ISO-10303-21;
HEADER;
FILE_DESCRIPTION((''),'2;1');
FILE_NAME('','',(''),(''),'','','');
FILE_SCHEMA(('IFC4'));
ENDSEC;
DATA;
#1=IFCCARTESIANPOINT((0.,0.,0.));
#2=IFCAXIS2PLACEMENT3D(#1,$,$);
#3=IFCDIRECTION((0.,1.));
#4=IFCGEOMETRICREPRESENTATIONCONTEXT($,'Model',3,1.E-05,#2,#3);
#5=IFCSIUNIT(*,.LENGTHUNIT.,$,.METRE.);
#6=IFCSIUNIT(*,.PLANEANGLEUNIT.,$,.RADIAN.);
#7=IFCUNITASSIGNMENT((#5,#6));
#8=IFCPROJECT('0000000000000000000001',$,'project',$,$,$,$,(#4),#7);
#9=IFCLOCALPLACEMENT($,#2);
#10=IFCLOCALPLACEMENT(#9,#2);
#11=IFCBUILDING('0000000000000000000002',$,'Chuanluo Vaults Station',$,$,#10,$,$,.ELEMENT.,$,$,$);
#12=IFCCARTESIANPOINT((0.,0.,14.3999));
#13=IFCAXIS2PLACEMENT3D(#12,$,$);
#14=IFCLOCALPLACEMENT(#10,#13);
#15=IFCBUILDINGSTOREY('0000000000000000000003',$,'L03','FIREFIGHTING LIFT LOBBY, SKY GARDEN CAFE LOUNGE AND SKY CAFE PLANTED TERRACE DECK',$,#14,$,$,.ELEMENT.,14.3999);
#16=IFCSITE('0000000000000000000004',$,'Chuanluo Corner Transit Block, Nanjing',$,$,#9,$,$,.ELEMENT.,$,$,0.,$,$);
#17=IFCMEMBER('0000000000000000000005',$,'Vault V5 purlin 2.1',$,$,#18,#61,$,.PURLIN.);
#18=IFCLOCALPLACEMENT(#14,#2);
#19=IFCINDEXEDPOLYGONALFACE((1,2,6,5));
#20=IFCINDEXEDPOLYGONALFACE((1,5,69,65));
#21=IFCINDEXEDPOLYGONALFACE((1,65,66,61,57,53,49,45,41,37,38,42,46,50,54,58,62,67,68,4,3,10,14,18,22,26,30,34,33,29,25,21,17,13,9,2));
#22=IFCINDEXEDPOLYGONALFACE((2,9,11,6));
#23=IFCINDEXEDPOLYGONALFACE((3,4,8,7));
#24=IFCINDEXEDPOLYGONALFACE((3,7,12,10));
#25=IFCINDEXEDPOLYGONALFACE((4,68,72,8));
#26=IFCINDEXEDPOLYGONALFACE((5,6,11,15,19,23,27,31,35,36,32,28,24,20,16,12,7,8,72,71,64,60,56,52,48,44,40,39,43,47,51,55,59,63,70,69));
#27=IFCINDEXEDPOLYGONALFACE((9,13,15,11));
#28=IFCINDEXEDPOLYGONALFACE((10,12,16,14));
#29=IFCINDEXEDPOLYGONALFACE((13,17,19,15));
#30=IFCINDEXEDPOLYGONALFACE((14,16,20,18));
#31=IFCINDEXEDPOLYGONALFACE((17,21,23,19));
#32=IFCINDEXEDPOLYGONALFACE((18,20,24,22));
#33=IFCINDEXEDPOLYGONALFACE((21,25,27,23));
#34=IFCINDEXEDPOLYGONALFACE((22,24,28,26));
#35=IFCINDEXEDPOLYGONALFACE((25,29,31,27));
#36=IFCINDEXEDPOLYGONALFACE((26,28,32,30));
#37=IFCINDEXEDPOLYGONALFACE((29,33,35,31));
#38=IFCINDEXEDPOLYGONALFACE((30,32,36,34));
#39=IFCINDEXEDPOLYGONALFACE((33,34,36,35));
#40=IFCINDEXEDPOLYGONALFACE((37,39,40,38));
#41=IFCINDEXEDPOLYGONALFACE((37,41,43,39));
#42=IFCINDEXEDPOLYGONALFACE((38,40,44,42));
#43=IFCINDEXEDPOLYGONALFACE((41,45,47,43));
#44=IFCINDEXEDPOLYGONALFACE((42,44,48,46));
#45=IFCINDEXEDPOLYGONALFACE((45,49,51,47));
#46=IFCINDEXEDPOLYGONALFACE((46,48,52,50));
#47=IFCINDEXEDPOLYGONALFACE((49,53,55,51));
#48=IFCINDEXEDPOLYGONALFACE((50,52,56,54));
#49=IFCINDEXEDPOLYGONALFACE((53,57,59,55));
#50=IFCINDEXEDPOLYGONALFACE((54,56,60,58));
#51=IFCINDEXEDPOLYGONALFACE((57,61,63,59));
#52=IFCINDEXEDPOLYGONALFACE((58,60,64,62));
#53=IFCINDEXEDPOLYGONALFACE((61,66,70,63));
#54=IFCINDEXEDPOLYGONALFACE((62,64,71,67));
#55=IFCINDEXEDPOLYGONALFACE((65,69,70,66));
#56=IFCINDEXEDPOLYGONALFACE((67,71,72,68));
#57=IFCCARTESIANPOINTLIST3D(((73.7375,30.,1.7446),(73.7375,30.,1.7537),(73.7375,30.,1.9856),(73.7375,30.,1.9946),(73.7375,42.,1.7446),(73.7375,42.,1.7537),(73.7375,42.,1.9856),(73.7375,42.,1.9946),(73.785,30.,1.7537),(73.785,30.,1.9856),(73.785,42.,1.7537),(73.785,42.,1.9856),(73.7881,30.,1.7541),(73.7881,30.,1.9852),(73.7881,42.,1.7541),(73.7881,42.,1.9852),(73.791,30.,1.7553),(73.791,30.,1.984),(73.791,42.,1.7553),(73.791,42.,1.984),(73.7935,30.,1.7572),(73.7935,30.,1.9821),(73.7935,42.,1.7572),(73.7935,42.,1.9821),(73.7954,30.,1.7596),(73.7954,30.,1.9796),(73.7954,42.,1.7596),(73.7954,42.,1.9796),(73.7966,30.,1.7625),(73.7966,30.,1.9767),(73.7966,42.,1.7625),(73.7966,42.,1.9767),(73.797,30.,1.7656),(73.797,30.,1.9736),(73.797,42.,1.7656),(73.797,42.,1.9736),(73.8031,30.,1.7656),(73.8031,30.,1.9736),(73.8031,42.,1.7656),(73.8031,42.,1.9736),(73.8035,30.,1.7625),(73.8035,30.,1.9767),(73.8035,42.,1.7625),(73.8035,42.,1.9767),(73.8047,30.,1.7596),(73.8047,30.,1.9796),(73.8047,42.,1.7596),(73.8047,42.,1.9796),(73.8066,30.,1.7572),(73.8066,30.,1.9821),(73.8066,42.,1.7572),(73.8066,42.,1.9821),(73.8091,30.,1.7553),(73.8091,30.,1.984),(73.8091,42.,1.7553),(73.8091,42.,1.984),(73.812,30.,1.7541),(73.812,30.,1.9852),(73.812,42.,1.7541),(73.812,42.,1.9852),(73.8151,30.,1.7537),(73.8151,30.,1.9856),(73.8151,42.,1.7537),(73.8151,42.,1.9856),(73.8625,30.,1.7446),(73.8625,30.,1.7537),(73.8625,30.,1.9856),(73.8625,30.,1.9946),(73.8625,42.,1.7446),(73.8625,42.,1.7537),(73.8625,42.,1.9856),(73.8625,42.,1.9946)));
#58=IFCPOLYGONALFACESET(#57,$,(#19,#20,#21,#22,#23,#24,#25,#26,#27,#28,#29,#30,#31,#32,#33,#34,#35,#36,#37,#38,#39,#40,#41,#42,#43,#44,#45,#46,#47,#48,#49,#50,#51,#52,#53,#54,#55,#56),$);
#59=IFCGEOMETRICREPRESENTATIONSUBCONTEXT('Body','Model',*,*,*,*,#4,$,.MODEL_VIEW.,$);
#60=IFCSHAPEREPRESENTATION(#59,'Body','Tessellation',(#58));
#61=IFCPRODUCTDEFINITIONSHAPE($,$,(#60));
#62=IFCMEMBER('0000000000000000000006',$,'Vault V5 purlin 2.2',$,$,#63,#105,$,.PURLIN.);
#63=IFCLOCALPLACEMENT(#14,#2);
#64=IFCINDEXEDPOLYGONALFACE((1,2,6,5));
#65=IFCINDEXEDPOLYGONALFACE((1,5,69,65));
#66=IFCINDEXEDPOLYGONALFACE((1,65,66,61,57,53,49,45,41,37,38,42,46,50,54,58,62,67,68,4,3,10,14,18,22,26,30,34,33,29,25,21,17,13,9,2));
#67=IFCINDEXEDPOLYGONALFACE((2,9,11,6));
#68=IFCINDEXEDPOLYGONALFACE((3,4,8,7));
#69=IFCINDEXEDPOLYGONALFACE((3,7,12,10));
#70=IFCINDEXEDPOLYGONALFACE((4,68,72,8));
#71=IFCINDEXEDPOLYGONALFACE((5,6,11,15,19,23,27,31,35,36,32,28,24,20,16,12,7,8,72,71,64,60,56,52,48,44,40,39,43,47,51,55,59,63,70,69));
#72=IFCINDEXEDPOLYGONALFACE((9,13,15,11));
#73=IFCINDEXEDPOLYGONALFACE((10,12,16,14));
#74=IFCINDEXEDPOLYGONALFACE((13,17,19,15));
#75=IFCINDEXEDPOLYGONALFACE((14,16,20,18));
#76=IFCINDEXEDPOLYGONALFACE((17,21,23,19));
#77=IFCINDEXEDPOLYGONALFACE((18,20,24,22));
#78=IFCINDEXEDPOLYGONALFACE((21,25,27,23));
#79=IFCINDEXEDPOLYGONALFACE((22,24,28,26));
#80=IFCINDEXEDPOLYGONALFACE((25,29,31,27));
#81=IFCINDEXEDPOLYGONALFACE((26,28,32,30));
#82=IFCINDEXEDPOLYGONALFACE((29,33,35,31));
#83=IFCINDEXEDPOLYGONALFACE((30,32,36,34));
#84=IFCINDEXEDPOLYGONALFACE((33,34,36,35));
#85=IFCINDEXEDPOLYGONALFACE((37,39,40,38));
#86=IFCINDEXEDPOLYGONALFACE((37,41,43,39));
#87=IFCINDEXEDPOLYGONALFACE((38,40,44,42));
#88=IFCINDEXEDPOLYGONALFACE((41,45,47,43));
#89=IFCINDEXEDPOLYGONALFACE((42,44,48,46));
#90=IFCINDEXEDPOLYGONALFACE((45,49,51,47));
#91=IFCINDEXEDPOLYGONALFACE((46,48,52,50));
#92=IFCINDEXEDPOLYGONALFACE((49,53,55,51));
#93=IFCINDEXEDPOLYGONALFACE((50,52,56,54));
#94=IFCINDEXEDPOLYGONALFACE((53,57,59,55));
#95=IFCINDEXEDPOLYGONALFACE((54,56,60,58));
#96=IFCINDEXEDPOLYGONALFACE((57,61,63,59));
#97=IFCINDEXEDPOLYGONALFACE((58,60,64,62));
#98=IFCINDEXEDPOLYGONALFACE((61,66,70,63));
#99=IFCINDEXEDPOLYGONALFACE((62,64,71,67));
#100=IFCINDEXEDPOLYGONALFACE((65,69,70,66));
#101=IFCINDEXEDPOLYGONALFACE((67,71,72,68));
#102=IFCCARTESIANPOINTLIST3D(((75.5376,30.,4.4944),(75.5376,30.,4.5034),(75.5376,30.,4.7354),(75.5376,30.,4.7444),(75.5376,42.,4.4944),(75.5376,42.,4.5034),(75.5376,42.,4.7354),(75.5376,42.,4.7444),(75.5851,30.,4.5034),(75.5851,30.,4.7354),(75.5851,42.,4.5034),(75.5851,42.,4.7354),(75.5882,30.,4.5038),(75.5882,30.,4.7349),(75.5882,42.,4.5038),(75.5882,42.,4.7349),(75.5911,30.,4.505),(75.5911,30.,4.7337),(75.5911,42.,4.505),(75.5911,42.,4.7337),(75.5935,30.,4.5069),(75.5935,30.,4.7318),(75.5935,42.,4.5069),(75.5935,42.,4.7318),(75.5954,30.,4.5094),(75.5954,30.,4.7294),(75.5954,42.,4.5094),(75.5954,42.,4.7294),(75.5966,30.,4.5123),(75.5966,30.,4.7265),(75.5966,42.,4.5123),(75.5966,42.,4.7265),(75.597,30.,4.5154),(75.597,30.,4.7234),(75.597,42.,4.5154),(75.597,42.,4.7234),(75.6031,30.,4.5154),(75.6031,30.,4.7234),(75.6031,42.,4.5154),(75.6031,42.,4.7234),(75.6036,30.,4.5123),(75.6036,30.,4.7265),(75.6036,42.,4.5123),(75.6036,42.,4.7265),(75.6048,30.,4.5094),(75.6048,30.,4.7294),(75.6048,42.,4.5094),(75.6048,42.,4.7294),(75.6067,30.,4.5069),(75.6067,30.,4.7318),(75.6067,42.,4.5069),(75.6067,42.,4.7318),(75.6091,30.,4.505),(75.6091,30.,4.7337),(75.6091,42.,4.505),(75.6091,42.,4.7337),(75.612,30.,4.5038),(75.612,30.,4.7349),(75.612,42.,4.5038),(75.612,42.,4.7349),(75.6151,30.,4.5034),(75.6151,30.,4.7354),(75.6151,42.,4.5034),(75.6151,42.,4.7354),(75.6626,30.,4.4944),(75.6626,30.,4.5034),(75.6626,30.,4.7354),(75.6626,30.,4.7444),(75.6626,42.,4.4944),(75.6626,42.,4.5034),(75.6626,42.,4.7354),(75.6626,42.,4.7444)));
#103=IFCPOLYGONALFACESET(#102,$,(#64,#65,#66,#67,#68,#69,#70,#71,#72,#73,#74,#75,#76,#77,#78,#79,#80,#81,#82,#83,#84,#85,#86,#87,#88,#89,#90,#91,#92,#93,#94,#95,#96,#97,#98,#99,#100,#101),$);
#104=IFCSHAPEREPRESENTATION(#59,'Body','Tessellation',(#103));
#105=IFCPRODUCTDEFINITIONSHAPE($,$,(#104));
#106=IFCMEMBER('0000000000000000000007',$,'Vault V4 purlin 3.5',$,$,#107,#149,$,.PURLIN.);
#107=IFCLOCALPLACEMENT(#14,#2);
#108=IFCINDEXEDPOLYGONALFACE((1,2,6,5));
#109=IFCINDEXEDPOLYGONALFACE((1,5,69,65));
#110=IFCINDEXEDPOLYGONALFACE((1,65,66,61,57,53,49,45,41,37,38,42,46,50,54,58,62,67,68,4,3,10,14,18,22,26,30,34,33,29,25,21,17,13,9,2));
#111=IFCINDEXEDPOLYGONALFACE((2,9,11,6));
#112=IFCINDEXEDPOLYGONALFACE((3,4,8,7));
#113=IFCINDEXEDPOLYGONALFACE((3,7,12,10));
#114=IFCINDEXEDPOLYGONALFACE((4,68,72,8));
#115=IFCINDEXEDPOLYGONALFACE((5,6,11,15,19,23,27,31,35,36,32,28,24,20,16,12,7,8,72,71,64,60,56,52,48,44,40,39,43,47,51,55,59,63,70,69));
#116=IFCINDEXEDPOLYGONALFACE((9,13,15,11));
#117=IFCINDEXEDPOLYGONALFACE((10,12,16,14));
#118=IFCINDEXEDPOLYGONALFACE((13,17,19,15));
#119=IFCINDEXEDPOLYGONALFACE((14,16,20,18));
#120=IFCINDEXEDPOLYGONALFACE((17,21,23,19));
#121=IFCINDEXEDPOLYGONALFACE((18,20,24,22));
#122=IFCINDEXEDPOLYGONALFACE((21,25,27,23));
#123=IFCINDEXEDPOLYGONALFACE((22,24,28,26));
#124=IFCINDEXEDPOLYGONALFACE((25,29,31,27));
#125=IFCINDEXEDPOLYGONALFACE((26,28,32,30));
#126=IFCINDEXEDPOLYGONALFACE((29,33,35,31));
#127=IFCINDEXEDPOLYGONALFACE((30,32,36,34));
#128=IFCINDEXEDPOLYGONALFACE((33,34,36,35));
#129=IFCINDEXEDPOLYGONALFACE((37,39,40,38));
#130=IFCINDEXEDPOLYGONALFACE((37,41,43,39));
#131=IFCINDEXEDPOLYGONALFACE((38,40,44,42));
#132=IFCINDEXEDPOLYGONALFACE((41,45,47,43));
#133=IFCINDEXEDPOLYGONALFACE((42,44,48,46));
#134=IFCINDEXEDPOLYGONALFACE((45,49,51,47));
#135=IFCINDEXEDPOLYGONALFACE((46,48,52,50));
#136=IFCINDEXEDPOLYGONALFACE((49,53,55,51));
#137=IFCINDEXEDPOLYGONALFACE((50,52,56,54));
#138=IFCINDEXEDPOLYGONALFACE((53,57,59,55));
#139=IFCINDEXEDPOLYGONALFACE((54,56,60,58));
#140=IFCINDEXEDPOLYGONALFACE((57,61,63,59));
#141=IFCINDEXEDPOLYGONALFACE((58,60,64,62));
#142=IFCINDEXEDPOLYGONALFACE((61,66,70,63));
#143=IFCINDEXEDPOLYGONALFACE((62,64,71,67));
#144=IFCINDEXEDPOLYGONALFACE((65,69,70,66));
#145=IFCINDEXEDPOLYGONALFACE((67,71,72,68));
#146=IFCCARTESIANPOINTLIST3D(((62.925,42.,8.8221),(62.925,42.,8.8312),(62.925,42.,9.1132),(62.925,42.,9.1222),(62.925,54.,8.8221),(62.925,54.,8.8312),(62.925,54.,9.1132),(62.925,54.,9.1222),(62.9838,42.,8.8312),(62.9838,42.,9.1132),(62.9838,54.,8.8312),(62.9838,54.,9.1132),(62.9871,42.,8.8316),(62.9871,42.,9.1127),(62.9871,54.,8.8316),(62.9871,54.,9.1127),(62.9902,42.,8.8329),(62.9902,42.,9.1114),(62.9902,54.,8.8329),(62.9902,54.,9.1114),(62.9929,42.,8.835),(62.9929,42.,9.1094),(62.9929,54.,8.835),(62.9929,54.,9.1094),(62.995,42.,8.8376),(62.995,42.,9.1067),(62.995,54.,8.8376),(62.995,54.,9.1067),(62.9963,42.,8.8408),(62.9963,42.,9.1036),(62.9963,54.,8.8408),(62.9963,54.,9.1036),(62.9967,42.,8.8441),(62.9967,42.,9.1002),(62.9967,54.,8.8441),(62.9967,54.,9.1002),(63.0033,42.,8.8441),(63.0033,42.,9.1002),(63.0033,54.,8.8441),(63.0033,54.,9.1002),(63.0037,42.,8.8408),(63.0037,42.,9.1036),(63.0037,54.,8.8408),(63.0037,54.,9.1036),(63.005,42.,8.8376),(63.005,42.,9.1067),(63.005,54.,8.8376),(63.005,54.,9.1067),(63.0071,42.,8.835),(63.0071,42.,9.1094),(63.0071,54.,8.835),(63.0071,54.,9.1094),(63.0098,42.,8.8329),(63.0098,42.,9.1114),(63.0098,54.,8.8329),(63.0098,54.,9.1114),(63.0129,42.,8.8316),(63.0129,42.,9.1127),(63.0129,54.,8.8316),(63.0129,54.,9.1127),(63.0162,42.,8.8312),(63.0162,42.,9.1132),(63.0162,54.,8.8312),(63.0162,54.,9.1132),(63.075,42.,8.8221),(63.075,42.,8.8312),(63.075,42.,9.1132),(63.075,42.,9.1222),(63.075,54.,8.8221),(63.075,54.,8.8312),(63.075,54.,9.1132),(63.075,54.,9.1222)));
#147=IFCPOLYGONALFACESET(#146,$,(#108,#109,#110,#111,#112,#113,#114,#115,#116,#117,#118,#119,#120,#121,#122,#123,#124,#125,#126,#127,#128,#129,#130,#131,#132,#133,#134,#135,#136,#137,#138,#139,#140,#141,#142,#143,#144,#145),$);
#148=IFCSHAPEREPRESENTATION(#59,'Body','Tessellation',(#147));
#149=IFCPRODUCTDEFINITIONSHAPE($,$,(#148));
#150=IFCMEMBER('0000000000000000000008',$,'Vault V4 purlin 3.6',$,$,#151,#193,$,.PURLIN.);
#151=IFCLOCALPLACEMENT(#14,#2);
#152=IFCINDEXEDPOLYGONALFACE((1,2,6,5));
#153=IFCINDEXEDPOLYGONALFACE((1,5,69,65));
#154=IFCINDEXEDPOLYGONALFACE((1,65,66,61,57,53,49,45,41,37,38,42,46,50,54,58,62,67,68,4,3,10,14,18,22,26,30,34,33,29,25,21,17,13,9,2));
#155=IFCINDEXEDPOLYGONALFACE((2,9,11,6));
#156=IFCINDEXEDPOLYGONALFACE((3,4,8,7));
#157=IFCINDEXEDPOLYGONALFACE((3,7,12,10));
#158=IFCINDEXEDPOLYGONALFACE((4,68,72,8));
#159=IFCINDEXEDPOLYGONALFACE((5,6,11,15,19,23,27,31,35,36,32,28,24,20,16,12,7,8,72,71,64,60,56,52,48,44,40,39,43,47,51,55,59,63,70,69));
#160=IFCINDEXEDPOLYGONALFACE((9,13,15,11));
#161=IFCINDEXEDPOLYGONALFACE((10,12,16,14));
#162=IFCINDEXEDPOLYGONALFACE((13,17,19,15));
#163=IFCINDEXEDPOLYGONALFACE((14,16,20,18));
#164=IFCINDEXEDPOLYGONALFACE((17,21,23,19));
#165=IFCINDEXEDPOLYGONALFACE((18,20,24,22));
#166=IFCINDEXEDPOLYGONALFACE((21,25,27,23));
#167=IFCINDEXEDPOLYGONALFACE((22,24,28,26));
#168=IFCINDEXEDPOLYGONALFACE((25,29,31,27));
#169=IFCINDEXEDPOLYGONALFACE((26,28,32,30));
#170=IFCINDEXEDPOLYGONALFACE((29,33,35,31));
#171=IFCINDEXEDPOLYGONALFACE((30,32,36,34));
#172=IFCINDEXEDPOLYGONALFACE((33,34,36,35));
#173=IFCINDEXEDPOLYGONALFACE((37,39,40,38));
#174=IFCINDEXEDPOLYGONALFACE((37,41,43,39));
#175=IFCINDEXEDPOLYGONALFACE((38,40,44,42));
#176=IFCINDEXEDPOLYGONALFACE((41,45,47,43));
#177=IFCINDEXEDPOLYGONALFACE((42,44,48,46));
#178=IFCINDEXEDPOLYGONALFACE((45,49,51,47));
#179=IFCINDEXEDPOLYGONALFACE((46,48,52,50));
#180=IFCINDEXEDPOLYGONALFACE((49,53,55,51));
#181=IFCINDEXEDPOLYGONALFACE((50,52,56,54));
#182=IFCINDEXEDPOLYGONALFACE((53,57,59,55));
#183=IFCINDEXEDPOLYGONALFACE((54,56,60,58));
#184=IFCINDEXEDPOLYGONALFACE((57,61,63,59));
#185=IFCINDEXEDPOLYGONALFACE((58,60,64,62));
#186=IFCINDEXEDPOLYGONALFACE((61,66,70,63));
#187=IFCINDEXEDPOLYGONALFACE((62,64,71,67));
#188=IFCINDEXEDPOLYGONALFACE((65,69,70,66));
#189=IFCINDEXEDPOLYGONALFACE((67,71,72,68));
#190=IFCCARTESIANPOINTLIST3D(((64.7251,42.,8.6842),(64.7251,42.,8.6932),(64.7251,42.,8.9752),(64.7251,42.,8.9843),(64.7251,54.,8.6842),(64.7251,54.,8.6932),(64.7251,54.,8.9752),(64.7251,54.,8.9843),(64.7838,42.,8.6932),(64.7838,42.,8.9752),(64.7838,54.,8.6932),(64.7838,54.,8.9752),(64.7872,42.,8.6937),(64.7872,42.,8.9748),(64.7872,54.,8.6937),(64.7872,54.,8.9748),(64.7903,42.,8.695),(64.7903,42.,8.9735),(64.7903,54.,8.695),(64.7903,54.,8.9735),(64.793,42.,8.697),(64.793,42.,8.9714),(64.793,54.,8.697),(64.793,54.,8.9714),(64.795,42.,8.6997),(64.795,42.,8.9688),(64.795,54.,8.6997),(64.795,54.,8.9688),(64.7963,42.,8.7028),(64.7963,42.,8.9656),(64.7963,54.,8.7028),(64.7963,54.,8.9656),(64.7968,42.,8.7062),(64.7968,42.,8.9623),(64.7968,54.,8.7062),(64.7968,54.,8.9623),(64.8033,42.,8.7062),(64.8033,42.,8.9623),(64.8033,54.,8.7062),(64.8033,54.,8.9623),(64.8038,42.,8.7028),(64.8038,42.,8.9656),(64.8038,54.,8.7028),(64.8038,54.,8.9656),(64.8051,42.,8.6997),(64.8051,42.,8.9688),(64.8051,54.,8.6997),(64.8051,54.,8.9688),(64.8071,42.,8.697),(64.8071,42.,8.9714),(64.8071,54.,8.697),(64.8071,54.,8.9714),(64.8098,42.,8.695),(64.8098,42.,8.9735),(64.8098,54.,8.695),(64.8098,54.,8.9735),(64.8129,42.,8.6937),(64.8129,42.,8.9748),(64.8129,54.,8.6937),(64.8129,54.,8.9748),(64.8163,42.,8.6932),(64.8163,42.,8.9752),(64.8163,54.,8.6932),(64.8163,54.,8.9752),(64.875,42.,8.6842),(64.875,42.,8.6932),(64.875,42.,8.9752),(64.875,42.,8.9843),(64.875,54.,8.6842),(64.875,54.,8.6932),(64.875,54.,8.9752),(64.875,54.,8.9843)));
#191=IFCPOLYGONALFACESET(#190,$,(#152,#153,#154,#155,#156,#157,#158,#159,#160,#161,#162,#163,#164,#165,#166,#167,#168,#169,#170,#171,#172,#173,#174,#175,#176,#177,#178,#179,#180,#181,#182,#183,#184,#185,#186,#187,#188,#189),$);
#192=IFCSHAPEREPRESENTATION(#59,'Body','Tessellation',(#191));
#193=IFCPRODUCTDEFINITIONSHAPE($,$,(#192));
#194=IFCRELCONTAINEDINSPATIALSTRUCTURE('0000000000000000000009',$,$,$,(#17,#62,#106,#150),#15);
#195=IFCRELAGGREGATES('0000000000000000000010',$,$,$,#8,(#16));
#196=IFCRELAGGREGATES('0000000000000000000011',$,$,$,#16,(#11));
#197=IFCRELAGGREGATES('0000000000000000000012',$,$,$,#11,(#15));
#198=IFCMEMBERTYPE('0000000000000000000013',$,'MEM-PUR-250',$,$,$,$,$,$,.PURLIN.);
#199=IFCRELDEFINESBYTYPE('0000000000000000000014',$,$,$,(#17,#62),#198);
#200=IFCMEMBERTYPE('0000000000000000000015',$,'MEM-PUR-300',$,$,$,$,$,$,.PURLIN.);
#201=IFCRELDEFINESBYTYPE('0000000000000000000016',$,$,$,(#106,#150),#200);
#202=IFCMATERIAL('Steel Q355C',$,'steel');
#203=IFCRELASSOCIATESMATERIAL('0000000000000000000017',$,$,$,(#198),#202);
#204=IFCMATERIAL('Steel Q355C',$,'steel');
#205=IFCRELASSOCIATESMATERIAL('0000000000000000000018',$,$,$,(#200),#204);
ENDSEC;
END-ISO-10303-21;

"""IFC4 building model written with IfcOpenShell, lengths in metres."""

from ifc_helpers import new_model, si_unit, direction, frame, origin, origin_2d, place, context, subcontext, project, spatial, i_section, extrude, material, material_profile, profile_set, type_object, element, save


model = new_model("IFC4")

# Units and contexts
model_context = context("Model", 3, precision=1e-05, world=origin(), true_north=direction((0.0, 1.0)))
body_context = subcontext(model_context, "Body", "Model", "MODEL_VIEW")
ifc_project = project(units=[si_unit("LENGTHUNIT", "METRE"), si_unit("PLANEANGLEUNIT", "RADIAN")], contexts=[model_context])

# Site, building, storey
site_placement = place(None, origin())
site = spatial("IfcSite", under=ifc_project, at=site_placement, Name="Chuanluo Corner Transit Block, Nanjing", CompositionType="ELEMENT", RefElevation=0.0)
building_placement = place(site_placement, origin())
building = spatial("IfcBuilding", under=site, at=building_placement, Name="Chuanluo Vaults Station", CompositionType="ELEMENT")
storey_placement = place(building_placement, frame((0.0, 0.0, 14.3999)))
storey = spatial("IfcBuildingStorey", under=building, at=storey_placement, Name="L03", Description="FIREFIGHTING LIFT LOBBY, SKY GARDEN CAFE LOUNGE AND SKY CAFE PLANTED TERRACE DECK", CompositionType="ELEMENT", Elevation=14.3999)

# Members
ifc_material_1 = material(Name="Steel Q355C", Category="steel")
ifc_material_profile_1 = material_profile(ifc_material_1, i_section(OverallWidth=0.125, OverallDepth=0.25, WebThickness=0.0061, FlangeThickness=0.009, FilletRadius=0.012, at=origin_2d()))
ifc_profile_set_1 = profile_set([ifc_material_profile_1], Name="Steel Q355C")
member_type_1 = type_object("IfcMemberType", Name="MEM-PUR-250", PredefinedType="PURLIN", material=ifc_profile_set_1)
for number, where, z_axis, x_axis, name in (
    (1, (73.8, 30.0, 1.8696), (0.0, 1.0, 0.0), (-1.0, 0.0, 0.0), "Vault V5 purlin 2.1"),
    (2, (75.6001, 30.0, 4.6194), (0.0, 1.0, 0.0), (-1.0, 0.0, 0.0), "Vault V5 purlin 2.2"),
):
    element("IfcMember", number, at=place(storey_placement, frame(where, z_axis=z_axis, x_axis=x_axis)), inside=storey, type_object=member_type_1, Name=name, PredefinedType="PURLIN", context=body_context, shape_type="SweptSolid", body=[
        extrude(i_section(OverallWidth=0.125, OverallDepth=0.25, WebThickness=0.0061, FlangeThickness=0.009, FilletRadius=0.012, at=origin_2d()), origin(), (0.0, 0.0, 1.0), 12.0),
    ])
ifc_material_2 = material(Name="Steel Q355C", Category="steel")
ifc_material_profile_2 = material_profile(ifc_material_2, i_section(OverallWidth=0.1499, OverallDepth=0.3, WebThickness=0.0066, FlangeThickness=0.009, FilletRadius=0.0129, at=origin_2d()))
ifc_profile_set_2 = profile_set([ifc_material_profile_2], Name="Steel Q355C")
member_type_2 = type_object("IfcMemberType", Name="MEM-PUR-300", PredefinedType="PURLIN", material=ifc_profile_set_2)
for number, where, z_axis, x_axis, name in (
    (3, (63.0, 42.0, 8.9722), (0.0, 1.0, 0.0), (-1.0, 0.0, 0.0), "Vault V4 purlin 3.5"),
    (4, (64.8, 42.0, 8.8342), (0.0, 1.0, 0.0), (-1.0, 0.0, 0.0), "Vault V4 purlin 3.6"),
):
    element("IfcMember", number, at=place(storey_placement, frame(where, z_axis=z_axis, x_axis=x_axis)), inside=storey, type_object=member_type_2, Name=name, PredefinedType="PURLIN", context=body_context, shape_type="SweptSolid", body=[
        extrude(i_section(OverallWidth=0.1499, OverallDepth=0.3, WebThickness=0.0066, FlangeThickness=0.009, FilletRadius=0.0129, at=origin_2d()), origin(), (0.0, 0.0, 1.0), 12.0),
    ])

save(model, "model.ifc")
